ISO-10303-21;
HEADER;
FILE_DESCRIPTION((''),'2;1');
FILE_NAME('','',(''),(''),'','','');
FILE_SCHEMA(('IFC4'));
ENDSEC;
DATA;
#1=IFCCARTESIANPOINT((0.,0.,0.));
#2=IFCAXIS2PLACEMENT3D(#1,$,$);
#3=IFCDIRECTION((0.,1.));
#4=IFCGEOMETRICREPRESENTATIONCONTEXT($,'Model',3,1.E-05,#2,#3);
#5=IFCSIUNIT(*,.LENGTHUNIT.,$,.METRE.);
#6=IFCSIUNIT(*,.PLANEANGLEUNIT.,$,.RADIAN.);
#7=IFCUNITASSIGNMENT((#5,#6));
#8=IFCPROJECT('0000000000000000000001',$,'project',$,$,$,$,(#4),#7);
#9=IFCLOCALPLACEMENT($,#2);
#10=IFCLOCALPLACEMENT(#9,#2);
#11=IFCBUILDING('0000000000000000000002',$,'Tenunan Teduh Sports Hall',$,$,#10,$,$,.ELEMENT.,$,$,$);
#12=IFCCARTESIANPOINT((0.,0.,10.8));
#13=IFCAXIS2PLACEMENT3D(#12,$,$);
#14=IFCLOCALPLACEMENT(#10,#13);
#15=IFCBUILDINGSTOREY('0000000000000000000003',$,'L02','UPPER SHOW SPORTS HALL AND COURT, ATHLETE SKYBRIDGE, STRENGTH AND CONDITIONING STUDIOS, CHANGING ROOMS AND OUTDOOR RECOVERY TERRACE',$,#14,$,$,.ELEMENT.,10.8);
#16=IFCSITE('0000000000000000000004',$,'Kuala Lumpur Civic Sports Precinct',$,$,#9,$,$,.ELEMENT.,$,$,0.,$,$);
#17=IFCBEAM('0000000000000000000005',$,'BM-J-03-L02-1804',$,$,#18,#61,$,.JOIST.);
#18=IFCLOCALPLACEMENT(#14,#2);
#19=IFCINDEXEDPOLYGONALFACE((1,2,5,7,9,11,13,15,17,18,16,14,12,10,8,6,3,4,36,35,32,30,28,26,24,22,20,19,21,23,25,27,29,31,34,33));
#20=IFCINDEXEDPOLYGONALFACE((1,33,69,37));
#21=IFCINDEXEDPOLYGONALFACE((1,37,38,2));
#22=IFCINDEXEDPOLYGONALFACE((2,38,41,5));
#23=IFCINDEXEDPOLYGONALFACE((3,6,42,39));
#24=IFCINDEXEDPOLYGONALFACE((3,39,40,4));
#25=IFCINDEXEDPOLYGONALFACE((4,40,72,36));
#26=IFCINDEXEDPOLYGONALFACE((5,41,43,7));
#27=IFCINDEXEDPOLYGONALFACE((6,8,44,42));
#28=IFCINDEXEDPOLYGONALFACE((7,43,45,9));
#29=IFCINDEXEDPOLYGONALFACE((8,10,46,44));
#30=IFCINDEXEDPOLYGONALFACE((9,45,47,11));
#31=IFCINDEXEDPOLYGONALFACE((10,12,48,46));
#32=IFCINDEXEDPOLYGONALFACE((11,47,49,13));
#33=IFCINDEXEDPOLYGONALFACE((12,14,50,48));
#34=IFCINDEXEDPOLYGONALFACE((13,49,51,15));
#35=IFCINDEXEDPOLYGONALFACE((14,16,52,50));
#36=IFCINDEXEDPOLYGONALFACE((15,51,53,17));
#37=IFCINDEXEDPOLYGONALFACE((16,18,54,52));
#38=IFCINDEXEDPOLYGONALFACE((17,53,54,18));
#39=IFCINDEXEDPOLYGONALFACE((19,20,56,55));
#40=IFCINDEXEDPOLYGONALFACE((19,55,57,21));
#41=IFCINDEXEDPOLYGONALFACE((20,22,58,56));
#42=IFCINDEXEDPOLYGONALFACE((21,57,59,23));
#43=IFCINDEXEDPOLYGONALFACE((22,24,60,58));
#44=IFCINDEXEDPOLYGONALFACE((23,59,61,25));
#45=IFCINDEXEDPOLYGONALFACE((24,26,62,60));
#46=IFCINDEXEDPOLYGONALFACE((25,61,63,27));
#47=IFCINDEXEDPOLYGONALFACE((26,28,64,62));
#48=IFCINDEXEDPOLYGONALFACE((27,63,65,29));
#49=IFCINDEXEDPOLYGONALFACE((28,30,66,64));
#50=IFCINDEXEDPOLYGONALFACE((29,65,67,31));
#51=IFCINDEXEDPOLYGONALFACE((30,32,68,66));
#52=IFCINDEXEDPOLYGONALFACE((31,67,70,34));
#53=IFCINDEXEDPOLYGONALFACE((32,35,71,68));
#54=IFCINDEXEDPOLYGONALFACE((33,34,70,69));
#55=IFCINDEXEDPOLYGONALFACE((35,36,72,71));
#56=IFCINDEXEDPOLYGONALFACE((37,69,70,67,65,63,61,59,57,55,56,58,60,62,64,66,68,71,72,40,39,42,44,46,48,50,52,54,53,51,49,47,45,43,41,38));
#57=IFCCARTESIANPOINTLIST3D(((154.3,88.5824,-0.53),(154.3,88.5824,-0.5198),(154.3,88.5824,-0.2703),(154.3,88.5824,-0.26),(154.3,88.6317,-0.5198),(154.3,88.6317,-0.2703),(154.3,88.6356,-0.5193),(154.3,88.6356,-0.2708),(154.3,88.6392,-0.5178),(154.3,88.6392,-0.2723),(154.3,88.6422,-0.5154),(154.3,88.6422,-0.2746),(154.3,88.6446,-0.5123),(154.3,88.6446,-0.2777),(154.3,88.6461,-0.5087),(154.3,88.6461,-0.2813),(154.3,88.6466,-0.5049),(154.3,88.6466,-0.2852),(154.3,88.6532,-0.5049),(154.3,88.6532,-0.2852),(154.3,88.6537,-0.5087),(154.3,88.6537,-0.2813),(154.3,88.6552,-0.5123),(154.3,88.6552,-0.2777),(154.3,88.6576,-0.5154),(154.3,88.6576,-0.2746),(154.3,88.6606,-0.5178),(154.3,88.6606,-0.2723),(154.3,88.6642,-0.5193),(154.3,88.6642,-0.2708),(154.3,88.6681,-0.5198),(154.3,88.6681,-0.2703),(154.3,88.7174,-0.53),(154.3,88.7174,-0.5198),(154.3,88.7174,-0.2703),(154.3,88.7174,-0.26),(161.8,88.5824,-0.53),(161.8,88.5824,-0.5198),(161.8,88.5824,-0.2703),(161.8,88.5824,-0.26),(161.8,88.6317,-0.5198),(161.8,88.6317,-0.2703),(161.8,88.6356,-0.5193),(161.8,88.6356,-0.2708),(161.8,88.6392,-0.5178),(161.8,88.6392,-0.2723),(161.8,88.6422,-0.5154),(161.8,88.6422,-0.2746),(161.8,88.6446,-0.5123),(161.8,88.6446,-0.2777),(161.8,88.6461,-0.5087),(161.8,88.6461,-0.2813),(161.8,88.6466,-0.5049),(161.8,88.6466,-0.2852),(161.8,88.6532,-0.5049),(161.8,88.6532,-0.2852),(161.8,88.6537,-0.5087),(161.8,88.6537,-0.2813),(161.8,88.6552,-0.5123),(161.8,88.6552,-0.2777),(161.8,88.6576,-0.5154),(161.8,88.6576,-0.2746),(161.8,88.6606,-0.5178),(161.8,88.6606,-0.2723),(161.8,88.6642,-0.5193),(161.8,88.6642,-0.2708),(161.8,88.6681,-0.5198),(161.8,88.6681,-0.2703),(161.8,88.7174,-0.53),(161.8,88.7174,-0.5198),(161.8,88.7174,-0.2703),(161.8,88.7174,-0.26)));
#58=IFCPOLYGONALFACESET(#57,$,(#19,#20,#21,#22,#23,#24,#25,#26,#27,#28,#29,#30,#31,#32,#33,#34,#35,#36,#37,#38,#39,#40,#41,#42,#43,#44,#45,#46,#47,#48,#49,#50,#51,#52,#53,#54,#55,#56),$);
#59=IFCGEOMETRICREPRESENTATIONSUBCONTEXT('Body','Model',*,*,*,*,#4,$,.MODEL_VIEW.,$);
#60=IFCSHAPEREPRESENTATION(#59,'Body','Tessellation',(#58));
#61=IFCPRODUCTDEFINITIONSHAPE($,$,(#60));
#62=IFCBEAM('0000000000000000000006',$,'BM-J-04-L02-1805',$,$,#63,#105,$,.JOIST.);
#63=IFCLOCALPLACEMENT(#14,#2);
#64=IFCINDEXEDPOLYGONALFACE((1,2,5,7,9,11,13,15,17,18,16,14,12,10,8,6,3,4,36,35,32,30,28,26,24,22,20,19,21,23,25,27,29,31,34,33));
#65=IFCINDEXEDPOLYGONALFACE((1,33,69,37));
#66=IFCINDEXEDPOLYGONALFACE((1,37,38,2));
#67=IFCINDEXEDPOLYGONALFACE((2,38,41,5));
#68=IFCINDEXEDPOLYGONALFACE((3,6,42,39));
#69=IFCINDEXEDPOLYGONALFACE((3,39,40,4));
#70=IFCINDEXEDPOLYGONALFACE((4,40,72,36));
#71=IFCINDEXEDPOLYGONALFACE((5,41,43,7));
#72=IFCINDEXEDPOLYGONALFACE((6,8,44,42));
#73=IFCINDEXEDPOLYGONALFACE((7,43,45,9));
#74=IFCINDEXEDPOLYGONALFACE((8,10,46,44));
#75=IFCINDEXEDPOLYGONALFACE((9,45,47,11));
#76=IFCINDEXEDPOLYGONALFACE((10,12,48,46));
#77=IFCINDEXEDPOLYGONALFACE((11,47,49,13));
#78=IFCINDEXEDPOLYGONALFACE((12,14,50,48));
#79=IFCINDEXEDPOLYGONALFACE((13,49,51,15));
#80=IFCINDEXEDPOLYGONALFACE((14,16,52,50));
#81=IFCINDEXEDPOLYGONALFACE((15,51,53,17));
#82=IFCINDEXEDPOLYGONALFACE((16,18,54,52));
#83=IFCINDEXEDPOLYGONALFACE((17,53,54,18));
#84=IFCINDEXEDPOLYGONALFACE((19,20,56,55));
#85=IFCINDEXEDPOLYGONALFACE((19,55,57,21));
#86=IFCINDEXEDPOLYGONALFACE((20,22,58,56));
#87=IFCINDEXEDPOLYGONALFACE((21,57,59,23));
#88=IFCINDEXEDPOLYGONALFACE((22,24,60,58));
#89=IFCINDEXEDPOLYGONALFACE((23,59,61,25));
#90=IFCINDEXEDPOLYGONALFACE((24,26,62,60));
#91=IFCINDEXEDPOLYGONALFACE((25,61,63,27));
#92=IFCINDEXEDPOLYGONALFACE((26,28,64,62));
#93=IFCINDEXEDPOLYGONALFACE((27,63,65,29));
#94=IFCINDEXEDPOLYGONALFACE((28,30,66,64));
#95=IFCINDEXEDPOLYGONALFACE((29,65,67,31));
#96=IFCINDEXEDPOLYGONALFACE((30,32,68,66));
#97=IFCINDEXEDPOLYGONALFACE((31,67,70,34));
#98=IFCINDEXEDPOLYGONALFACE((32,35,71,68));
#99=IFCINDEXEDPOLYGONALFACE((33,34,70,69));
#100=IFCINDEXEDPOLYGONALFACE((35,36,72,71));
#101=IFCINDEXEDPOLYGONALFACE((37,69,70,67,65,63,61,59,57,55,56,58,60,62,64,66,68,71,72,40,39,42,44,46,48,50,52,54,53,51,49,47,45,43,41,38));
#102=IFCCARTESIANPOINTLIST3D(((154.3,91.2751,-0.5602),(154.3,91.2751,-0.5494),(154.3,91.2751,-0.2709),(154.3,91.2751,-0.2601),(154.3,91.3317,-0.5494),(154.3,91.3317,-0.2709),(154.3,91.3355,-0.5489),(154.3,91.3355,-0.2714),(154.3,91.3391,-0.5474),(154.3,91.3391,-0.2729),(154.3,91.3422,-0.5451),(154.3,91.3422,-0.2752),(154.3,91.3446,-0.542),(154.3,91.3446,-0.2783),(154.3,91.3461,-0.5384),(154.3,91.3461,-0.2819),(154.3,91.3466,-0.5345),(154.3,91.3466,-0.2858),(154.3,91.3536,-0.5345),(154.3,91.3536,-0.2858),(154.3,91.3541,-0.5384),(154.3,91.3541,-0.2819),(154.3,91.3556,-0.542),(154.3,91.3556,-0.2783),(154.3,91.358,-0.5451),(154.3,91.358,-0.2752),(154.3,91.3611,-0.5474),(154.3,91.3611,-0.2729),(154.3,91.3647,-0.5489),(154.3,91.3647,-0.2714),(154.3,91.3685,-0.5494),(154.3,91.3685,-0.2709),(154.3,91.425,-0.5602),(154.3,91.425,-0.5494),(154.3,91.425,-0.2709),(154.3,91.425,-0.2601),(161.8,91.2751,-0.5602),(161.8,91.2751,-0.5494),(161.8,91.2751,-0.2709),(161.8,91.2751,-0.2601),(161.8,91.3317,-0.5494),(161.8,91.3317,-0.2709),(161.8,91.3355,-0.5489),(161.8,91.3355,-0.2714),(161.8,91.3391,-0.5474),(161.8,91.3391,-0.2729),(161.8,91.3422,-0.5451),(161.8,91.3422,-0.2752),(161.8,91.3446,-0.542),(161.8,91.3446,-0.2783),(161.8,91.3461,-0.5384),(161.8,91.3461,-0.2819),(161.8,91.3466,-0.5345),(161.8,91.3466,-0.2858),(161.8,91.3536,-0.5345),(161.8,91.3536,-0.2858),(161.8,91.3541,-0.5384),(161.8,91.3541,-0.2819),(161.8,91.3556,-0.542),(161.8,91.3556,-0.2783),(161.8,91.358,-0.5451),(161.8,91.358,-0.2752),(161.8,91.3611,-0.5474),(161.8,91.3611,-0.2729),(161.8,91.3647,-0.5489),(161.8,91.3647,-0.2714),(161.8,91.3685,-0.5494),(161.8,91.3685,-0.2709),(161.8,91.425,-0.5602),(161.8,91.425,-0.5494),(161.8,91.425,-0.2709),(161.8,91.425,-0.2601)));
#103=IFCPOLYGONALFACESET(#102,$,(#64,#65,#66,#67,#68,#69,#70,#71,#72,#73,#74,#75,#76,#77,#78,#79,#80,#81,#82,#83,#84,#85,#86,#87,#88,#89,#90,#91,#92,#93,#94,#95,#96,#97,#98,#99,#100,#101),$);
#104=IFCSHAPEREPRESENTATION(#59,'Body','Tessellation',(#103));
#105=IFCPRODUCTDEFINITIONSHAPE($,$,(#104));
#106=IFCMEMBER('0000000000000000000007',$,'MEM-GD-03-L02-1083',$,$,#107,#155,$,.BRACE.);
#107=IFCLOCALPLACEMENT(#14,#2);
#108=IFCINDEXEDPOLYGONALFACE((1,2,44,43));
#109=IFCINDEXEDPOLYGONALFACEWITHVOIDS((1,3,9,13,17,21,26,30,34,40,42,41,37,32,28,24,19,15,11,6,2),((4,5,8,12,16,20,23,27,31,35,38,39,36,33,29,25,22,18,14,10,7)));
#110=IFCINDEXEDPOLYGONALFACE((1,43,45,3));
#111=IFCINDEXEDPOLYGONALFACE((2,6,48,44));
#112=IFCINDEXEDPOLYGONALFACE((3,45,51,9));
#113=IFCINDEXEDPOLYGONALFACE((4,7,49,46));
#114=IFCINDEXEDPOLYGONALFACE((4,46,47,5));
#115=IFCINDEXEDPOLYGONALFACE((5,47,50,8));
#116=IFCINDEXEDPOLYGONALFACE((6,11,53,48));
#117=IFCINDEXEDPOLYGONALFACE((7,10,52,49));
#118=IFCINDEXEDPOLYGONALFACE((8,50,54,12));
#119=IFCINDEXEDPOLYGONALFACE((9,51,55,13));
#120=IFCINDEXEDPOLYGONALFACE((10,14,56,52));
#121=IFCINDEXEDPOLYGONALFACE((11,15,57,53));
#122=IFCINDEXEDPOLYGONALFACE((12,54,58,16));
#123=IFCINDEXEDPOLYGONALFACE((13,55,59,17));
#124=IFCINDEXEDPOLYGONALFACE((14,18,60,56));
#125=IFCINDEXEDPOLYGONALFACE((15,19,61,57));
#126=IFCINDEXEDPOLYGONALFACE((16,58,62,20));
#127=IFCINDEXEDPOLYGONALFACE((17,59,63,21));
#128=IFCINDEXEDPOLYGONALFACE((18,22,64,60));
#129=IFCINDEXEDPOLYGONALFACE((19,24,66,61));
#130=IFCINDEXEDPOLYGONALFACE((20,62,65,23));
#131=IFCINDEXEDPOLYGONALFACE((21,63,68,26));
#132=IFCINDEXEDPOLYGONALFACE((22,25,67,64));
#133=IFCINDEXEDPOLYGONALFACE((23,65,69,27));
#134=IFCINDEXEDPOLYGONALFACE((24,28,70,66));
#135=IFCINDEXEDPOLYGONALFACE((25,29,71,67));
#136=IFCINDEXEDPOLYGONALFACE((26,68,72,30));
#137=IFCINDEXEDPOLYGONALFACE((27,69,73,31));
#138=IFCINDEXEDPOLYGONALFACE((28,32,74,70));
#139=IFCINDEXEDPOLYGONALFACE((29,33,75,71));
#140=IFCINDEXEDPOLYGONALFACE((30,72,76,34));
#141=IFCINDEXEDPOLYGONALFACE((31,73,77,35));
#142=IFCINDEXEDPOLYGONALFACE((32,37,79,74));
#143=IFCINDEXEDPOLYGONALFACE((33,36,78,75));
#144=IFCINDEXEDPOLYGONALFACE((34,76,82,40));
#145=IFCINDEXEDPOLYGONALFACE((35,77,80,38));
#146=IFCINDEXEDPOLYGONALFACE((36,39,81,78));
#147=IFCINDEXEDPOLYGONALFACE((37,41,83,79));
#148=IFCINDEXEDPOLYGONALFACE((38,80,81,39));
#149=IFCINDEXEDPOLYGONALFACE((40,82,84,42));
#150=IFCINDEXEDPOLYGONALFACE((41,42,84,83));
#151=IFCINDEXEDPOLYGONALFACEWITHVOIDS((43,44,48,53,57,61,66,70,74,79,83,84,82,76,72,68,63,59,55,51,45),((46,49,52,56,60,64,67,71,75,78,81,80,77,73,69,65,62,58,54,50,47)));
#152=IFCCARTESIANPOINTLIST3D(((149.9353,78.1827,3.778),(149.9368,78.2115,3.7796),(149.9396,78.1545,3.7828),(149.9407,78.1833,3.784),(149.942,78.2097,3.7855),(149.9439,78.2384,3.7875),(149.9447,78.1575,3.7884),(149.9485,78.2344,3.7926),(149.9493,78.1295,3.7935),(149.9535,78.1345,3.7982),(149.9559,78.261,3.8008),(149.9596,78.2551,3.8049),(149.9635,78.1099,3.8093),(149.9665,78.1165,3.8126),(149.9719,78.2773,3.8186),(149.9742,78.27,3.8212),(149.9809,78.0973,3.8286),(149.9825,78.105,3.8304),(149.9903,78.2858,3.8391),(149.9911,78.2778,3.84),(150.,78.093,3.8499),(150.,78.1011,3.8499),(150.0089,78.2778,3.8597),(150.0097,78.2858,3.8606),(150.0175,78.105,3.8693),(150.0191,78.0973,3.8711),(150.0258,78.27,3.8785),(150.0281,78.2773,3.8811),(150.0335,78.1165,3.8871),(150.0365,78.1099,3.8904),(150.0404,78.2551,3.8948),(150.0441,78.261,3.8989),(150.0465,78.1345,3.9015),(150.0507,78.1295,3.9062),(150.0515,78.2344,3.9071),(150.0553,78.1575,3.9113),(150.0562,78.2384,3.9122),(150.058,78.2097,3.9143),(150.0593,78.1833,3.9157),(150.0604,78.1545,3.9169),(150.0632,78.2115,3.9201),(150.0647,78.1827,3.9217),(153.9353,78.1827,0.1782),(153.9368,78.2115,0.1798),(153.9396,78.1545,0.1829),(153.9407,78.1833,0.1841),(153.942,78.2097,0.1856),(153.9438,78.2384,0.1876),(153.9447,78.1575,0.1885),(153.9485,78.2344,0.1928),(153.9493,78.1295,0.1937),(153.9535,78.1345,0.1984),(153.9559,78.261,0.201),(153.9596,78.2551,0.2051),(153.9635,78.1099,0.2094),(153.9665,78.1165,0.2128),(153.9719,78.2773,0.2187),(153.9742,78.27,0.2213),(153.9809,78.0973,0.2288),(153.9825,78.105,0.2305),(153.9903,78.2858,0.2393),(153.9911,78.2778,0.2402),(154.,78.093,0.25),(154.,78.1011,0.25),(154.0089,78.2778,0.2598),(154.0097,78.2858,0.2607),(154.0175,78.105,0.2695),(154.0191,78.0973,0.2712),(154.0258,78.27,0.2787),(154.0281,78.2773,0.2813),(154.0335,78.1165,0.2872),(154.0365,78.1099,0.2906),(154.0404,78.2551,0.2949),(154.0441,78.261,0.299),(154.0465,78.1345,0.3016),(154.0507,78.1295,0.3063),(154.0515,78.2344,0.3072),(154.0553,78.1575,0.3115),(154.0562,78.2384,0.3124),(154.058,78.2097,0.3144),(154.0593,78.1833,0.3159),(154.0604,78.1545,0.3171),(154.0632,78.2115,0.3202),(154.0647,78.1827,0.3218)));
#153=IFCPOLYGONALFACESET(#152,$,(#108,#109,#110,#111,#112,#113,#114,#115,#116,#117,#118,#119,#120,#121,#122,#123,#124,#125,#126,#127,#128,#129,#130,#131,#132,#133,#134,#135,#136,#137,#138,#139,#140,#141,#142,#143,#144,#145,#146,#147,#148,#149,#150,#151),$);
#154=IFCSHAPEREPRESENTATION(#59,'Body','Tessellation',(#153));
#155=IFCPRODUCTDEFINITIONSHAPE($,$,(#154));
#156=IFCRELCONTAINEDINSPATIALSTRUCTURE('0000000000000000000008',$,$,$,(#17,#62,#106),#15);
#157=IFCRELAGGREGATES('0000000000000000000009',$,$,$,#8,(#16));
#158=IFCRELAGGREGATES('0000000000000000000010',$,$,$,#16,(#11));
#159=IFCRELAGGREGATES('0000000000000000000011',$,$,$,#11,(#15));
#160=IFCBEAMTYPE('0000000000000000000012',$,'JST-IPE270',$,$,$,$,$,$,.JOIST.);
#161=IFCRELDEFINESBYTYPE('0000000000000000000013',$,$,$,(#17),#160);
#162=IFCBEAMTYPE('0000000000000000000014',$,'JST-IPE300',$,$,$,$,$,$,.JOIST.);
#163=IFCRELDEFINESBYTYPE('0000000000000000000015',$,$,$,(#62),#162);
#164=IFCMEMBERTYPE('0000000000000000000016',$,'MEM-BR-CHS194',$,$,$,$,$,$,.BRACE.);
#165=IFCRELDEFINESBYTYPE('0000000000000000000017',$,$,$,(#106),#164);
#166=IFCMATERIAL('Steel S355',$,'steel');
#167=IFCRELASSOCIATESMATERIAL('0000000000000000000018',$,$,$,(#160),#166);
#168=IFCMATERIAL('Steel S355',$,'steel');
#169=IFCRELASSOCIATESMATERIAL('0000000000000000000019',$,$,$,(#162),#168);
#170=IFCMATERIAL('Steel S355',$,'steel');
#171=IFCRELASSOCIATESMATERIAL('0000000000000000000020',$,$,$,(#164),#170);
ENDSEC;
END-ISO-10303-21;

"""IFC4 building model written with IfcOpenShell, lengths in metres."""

from ifc_helpers import new_model, si_unit, direction, frame, origin, origin_2d, place, context, subcontext, project, spatial, hollow_circle, i_section, extrude, material, material_profile, profile_set, type_object, element, save


model = new_model("IFC4")

# Units and contexts
model_context = context("Model", 3, precision=1e-05, world=origin(), true_north=direction((0.0, 1.0)))
body_context = subcontext(model_context, "Body", "Model", "MODEL_VIEW")
ifc_project = project(units=[si_unit("LENGTHUNIT", "METRE"), si_unit("PLANEANGLEUNIT", "RADIAN")], contexts=[model_context])

# Site, building, storey
site_placement = place(None, origin())
site = spatial("IfcSite", under=ifc_project, at=site_placement, Name="Kuala Lumpur Civic Sports Precinct", CompositionType="ELEMENT", RefElevation=0.0)
building_placement = place(site_placement, origin())
building = spatial("IfcBuilding", under=site, at=building_placement, Name="Tenunan Teduh Sports Hall", CompositionType="ELEMENT")
storey_placement = place(building_placement, frame((0.0, 0.0, 10.8)))
storey = spatial("IfcBuildingStorey", under=building, at=storey_placement, Name="L02", Description="UPPER SHOW SPORTS HALL AND COURT, ATHLETE SKYBRIDGE, STRENGTH AND CONDITIONING STUDIOS, CHANGING ROOMS AND OUTDOOR RECOVERY TERRACE", CompositionType="ELEMENT", Elevation=10.8)

# Beams
ifc_material_1 = material(Name="Steel S355", Category="steel")
ifc_material_profile_1 = material_profile(ifc_material_1, i_section(OverallWidth=0.135, OverallDepth=0.27, WebThickness=0.0066, FlangeThickness=0.0103, FilletRadius=0.0149, at=origin_2d()), Name="IPE 270")
ifc_profile_set_1 = profile_set([ifc_material_profile_1], Name="Steel S355")
beam_type_1 = type_object("IfcBeamType", Name="JST-IPE270", PredefinedType="JOIST", material=ifc_profile_set_1)
beam_1_placement = place(storey_placement, frame((154.3, 88.6499, -0.395), z_axis=(1.0, 0.0, 0.0), x_axis=(0.0, 1.0, 0.0)))
element("IfcBeam", 1, at=beam_1_placement, inside=storey, type_object=beam_type_1, Name="BM-J-03-L02-1804", PredefinedType="JOIST", context=body_context, shape_type="SweptSolid", body=[
    extrude(i_section(OverallWidth=0.135, OverallDepth=0.27, WebThickness=0.0066, FlangeThickness=0.0103, FilletRadius=0.0149, at=origin_2d()), origin(), (0.0, 0.0, 1.0), 7.5),
])
ifc_material_2 = material(Name="Steel S355", Category="steel")
ifc_material_profile_2 = material_profile(ifc_material_2, i_section(OverallWidth=0.1499, OverallDepth=0.3, WebThickness=0.0071, FlangeThickness=0.0107, FilletRadius=0.0149, at=origin_2d()), Name="IPE 300")
ifc_profile_set_2 = profile_set([ifc_material_profile_2], Name="Steel S355")
beam_type_2 = type_object("IfcBeamType", Name="JST-IPE300", PredefinedType="JOIST", material=ifc_profile_set_2)
beam_2_placement = place(storey_placement, frame((154.3, 91.3501, -0.4102), z_axis=(1.0, 0.0, 0.0), x_axis=(0.0, 1.0, 0.0)))
element("IfcBeam", 2, at=beam_2_placement, inside=storey, type_object=beam_type_2, Name="BM-J-04-L02-1805", PredefinedType="JOIST", context=body_context, shape_type="SweptSolid", body=[
    extrude(i_section(OverallWidth=0.1499, OverallDepth=0.3, WebThickness=0.0071, FlangeThickness=0.0107, FilletRadius=0.0149, at=origin_2d()), origin(), (0.0, 0.0, 1.0), 7.5),
])

# Member
ifc_material_3 = material(Name="Steel S355", Category="steel")
ifc_material_profile_3 = material_profile(ifc_material_3, hollow_circle(Radius=0.0969, WallThickness=0.0081, at=origin_2d()), Name="CHS 193.7x8.0")
ifc_profile_set_3 = profile_set([ifc_material_profile_3], Name="Steel S355")
member_type = type_object("IfcMemberType", Name="MEM-BR-CHS194", PredefinedType="BRACE", material=ifc_profile_set_3)
member_1_placement = place(storey_placement, frame((154.0, 78.1899, 0.25), z_axis=(-0.743308, 0.0, 0.66895), x_axis=(0.0, -1.0, 0.0)))
element("IfcMember", 3, at=member_1_placement, inside=storey, type_object=member_type, Name="MEM-GD-03-L02-1083", PredefinedType="BRACE", context=body_context, shape_type="SweptSolid", body=[
    extrude(hollow_circle(Radius=0.0969, WallThickness=0.0081, at=origin_2d()), origin(), (0.0, 0.0, 1.0), 5.3813),
])

save(model, "model.ifc")
